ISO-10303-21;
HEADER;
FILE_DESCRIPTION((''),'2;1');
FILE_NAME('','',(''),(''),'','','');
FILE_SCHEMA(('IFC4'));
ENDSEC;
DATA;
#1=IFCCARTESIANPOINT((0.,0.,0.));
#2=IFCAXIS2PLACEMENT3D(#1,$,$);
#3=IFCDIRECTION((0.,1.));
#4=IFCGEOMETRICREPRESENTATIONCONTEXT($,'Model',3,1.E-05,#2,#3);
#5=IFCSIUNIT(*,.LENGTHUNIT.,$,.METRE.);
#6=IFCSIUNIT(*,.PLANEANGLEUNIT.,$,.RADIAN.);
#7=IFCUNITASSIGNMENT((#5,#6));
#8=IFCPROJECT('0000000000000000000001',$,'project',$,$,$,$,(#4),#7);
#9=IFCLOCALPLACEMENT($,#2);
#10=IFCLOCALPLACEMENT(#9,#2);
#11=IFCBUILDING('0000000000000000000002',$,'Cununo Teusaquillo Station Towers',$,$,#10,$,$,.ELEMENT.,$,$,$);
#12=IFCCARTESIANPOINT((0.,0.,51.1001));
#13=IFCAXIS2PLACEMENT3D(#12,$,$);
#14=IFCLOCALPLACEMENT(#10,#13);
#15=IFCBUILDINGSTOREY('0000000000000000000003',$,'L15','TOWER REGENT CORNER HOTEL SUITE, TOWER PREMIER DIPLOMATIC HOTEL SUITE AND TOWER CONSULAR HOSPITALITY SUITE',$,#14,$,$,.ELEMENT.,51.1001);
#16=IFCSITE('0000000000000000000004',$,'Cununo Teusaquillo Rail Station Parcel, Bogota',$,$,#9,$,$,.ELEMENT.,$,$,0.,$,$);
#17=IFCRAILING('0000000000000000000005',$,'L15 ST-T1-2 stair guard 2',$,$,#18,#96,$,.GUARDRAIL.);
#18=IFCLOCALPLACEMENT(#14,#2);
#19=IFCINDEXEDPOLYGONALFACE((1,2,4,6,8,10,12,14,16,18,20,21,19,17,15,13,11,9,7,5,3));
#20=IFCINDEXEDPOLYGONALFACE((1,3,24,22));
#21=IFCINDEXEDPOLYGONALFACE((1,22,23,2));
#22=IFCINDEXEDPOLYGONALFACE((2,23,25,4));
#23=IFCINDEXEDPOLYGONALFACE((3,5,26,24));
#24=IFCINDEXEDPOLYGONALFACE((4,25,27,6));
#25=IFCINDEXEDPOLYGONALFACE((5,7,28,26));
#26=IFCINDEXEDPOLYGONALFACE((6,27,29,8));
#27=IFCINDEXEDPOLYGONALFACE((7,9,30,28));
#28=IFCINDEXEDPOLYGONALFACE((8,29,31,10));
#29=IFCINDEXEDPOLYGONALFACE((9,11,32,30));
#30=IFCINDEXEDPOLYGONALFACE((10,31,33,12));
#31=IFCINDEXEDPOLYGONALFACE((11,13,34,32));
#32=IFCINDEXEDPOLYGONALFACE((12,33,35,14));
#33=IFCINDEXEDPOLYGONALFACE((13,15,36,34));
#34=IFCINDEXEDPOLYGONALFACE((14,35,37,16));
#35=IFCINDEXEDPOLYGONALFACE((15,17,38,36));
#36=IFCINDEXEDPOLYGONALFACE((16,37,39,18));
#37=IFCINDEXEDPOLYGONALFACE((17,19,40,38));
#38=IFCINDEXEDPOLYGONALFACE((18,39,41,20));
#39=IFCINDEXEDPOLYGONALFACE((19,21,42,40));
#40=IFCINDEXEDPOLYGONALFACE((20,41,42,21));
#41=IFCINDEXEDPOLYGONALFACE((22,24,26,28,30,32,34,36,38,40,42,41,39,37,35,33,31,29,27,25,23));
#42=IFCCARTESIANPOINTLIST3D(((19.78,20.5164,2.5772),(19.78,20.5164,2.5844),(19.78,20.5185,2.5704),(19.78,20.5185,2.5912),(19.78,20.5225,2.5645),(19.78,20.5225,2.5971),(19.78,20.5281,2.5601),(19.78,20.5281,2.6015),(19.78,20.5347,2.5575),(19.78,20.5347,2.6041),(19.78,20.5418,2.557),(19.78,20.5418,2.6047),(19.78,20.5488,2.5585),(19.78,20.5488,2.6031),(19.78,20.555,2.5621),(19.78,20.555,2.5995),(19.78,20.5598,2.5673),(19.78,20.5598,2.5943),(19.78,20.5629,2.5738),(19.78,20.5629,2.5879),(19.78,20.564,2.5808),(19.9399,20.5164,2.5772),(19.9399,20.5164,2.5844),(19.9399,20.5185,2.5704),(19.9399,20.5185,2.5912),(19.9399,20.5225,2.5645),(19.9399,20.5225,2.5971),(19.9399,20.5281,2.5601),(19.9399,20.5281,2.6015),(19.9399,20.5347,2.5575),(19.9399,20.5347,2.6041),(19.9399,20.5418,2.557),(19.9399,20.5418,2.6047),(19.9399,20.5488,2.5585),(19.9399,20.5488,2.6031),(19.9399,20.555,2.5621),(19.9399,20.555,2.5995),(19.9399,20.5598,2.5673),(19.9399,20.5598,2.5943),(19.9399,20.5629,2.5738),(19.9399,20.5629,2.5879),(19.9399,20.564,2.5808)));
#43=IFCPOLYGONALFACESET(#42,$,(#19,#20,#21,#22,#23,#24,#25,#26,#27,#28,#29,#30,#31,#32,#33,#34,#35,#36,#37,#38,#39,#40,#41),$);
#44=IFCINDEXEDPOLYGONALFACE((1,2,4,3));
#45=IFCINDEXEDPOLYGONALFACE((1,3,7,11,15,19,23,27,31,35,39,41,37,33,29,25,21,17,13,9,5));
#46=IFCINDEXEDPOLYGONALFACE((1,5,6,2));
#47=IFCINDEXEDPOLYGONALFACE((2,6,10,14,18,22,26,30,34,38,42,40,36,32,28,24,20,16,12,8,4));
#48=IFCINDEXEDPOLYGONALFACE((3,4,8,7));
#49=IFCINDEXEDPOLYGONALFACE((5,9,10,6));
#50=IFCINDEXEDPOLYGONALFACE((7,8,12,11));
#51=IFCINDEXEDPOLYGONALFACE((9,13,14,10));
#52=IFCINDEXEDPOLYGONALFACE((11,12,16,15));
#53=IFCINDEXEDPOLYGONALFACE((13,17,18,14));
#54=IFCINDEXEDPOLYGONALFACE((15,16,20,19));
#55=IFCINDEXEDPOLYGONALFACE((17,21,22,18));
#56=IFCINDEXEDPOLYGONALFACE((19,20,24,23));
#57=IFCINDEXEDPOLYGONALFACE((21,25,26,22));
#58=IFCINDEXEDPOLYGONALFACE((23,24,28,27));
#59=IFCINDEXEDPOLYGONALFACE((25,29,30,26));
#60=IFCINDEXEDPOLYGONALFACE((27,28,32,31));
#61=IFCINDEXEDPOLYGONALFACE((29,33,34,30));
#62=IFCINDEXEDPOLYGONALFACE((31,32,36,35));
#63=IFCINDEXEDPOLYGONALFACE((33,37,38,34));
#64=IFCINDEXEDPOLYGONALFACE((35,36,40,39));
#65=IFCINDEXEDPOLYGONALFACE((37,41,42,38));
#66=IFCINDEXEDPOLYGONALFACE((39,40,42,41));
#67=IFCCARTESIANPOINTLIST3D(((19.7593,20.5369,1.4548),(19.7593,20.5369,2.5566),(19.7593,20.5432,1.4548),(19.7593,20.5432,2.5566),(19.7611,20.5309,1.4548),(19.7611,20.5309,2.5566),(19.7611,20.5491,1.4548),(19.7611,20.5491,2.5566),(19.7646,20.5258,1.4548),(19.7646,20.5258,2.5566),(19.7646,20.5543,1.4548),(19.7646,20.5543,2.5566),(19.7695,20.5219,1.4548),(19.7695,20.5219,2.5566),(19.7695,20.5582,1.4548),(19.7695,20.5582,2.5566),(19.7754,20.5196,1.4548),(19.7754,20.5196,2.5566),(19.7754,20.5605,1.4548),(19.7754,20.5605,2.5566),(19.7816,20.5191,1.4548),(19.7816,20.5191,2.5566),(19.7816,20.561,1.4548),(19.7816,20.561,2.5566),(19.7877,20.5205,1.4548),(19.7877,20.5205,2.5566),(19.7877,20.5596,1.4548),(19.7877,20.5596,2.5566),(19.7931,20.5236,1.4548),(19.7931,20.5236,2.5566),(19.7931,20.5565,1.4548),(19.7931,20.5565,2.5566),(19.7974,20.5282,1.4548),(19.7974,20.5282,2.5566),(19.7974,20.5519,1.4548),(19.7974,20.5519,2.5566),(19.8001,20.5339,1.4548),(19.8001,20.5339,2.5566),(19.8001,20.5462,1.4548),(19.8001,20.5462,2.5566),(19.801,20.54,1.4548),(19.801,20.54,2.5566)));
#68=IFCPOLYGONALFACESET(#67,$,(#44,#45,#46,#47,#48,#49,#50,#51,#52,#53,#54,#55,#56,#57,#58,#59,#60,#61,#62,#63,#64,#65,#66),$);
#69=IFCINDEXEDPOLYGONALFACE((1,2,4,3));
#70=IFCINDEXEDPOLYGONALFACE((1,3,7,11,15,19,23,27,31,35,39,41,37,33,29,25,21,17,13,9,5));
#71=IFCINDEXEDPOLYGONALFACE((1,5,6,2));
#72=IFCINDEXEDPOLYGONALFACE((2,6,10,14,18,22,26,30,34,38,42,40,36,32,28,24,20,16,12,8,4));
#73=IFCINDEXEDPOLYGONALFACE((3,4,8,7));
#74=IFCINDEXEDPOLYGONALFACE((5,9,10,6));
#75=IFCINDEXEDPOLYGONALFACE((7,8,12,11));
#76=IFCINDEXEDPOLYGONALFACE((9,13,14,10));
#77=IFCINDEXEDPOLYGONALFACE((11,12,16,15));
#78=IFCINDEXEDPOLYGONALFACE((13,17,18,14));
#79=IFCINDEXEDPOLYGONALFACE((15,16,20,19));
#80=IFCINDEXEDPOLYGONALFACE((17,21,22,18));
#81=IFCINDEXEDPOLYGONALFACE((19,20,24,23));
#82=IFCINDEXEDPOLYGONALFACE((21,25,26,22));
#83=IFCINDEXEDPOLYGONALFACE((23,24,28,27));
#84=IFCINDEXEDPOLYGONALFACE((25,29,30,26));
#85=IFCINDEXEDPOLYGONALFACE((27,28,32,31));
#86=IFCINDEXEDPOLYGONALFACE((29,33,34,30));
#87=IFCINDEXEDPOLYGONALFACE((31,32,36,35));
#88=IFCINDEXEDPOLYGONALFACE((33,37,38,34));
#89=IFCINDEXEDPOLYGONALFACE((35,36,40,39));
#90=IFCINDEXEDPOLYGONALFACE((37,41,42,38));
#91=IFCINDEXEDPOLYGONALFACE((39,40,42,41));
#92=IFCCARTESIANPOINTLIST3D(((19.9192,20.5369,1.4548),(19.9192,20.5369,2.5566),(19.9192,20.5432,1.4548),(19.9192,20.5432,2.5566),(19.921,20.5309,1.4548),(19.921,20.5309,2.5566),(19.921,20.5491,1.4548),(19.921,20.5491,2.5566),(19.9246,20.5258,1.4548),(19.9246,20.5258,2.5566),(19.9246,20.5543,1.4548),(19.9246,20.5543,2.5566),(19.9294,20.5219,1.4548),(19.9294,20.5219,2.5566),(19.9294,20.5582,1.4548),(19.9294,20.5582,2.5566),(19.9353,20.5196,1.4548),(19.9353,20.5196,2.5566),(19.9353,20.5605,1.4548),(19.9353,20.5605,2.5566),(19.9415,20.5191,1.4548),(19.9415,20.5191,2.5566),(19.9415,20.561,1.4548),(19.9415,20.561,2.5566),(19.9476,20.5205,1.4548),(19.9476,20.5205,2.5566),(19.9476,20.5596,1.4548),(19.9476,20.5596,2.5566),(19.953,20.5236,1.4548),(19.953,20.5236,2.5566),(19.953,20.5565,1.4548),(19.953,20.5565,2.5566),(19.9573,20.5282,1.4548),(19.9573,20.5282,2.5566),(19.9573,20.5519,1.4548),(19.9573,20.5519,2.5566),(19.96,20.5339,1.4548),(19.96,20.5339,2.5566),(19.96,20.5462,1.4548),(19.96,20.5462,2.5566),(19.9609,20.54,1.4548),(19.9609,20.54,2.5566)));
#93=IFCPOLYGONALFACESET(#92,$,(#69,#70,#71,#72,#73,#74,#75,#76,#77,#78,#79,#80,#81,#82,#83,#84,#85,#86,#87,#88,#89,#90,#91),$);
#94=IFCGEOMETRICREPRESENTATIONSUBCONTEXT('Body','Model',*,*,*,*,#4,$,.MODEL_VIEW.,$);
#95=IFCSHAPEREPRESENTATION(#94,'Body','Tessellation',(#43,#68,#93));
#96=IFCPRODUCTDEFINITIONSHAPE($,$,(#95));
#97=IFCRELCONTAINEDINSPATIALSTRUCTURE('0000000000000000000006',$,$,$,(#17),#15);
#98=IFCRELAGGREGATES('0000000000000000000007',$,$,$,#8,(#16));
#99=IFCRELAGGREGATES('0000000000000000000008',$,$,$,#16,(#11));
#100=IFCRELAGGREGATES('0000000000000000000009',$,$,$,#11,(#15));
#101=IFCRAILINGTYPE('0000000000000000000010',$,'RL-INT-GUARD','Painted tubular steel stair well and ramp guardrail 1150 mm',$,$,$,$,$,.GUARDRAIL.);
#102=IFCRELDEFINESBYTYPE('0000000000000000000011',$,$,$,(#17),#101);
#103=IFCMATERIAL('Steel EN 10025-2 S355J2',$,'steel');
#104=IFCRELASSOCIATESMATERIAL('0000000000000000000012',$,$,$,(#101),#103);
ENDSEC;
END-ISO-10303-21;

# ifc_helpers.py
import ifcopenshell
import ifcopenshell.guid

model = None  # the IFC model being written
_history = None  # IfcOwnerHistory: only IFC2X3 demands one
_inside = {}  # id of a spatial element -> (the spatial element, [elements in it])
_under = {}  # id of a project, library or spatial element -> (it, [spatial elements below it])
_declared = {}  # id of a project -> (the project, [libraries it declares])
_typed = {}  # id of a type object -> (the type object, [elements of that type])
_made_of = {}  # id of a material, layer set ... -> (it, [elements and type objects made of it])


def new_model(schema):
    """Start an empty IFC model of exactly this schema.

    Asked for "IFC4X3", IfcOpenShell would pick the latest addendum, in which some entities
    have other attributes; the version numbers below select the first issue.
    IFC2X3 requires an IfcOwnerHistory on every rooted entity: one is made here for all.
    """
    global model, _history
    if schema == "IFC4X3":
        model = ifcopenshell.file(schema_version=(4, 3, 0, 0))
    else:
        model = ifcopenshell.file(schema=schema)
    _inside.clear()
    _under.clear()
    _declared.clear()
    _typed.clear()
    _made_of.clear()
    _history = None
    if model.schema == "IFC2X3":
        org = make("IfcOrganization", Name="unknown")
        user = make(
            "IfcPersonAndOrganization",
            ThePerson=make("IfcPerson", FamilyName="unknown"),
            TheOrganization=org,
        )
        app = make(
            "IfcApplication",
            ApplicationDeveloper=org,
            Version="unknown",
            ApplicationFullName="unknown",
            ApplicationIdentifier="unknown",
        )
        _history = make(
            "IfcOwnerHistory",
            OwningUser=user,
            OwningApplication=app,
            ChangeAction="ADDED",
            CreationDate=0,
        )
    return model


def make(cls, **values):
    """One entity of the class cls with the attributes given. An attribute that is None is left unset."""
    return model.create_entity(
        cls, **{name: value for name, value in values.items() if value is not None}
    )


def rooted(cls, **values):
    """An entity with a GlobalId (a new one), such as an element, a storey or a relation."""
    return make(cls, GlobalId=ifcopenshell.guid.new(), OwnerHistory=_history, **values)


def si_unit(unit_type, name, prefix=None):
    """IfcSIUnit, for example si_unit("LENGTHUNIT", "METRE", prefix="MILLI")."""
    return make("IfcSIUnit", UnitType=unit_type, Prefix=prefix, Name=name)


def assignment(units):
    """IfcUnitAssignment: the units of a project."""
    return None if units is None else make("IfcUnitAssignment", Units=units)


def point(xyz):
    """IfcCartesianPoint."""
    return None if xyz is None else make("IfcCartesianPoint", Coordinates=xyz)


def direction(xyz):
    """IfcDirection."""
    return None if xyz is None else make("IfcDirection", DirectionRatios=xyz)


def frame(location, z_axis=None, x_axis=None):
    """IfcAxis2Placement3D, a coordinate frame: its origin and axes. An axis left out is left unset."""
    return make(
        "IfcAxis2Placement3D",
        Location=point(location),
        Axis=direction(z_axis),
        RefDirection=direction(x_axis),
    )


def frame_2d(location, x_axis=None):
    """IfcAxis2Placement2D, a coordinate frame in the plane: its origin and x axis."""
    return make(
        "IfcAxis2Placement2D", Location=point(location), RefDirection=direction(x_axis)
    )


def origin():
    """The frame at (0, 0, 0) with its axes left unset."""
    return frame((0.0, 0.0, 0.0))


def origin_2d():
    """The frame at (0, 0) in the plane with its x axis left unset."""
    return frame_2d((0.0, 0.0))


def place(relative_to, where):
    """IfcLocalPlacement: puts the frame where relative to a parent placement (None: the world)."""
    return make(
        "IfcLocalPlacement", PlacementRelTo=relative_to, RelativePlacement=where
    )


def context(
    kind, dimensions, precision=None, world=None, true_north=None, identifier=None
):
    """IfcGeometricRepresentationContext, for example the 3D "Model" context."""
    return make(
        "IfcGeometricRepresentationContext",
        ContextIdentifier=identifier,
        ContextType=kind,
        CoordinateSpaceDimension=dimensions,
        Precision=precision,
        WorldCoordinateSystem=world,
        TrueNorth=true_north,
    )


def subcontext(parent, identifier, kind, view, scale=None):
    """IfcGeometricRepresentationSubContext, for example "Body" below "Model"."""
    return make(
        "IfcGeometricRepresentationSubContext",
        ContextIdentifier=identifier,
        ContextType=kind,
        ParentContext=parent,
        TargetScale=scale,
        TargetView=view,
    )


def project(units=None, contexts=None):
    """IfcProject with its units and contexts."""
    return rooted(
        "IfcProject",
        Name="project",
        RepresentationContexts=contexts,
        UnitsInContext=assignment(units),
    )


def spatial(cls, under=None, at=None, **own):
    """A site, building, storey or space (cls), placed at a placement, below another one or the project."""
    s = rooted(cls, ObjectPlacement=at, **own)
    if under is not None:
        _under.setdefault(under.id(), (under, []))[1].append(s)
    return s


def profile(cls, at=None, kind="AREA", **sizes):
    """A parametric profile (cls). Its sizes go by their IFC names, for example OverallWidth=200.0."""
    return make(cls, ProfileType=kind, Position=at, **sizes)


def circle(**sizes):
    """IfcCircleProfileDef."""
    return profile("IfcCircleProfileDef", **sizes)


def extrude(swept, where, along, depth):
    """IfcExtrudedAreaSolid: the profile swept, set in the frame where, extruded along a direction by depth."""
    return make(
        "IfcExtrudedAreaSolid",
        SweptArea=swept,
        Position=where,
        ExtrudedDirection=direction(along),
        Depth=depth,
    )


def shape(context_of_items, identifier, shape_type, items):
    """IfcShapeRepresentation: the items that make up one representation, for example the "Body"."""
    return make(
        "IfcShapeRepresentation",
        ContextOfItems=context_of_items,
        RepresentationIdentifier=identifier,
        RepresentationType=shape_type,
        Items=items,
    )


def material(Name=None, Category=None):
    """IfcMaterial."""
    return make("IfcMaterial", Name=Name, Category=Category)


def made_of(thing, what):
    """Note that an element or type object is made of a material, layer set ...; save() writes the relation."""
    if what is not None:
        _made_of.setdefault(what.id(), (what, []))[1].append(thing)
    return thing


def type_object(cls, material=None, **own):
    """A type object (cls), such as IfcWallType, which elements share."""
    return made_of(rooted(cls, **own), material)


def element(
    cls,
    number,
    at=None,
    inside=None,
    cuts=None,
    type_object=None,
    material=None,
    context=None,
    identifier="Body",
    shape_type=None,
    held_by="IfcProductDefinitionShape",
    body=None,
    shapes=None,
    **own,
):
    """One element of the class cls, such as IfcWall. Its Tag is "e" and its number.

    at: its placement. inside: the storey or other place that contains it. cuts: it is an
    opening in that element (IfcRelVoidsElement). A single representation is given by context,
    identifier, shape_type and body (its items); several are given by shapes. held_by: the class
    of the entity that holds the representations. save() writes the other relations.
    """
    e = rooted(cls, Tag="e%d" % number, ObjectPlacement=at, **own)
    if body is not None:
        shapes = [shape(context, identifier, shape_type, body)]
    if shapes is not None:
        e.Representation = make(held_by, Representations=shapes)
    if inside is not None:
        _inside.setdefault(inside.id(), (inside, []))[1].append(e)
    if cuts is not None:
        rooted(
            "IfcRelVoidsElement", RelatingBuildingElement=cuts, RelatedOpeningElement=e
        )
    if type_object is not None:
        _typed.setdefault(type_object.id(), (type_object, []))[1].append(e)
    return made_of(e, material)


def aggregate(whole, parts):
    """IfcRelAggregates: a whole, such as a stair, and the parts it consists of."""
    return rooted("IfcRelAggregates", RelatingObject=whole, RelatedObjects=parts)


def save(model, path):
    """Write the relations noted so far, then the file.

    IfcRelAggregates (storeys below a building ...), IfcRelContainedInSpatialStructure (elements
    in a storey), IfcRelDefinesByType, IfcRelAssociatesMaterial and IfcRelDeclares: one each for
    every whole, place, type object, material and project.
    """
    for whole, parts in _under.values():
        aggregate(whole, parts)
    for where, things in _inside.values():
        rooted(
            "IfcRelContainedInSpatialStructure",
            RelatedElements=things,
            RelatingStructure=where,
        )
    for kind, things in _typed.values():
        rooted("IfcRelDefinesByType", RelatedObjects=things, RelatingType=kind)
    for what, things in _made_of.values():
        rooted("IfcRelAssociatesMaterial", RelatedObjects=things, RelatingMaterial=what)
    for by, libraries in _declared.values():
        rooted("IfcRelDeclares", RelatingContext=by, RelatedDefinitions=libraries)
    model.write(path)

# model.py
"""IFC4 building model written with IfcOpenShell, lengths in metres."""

from ifc_helpers import new_model, si_unit, direction, frame, origin, origin_2d, place, context, subcontext, project, spatial, circle, extrude, material, type_object, element, save


model = new_model("IFC4")

# Units and contexts
model_context = context("Model", 3, precision=1e-05, world=origin(), true_north=direction((0.0, 1.0)))
body_context = subcontext(model_context, "Body", "Model", "MODEL_VIEW")
ifc_project = project(units=[si_unit("LENGTHUNIT", "METRE"), si_unit("PLANEANGLEUNIT", "RADIAN")], contexts=[model_context])

# Site, building, storey
site_placement = place(None, origin())
site = spatial("IfcSite", under=ifc_project, at=site_placement, Name="Cununo Teusaquillo Rail Station Parcel, Bogota", CompositionType="ELEMENT", RefElevation=0.0)
building_placement = place(site_placement, origin())
building = spatial("IfcBuilding", under=site, at=building_placement, Name="Cununo Teusaquillo Station Towers", CompositionType="ELEMENT")
storey_placement = place(building_placement, frame((0.0, 0.0, 51.1001)))
storey = spatial("IfcBuildingStorey", under=building, at=storey_placement, Name="L15", Description="TOWER REGENT CORNER HOTEL SUITE, TOWER PREMIER DIPLOMATIC HOTEL SUITE AND TOWER CONSULAR HOSPITALITY SUITE", CompositionType="ELEMENT", Elevation=51.1001)

# Railing
ifc_material_1 = material(Name="Steel EN 10025-2 S355J2", Category="steel")
railing_type_1 = type_object("IfcRailingType", Name="RL-INT-GUARD", Description="Painted tubular steel stair well and ramp guardrail 1150 mm", PredefinedType="GUARDRAIL", material=ifc_material_1)
railing_1_placement = place(storey_placement, frame((19.78, 20.54, 1.4548)))
element("IfcRailing", 1, at=railing_1_placement, inside=storey, type_object=railing_type_1, Name="L15 ST-T1-2 stair guard 2", PredefinedType="GUARDRAIL", context=body_context, shape_type="SweptSolid", body=[
    extrude(circle(Radius=0.0239, at=origin_2d()), frame((0.0, 0.0, 1.126), z_axis=(1.0, 0.0, 0.0), x_axis=(0.0, 1.0, 0.0)), (0.0, 0.0, 1.0), 0.1599),
    extrude(circle(Radius=0.021, at=origin_2d()), origin(), (0.0, 0.0, 1.0), 1.1018),
    extrude(circle(Radius=0.021, at=origin_2d()), frame((0.1599, 0.0, 0.0)), (0.0, 0.0, 1.0), 1.1018),
])

save(model, "model.ifc")
